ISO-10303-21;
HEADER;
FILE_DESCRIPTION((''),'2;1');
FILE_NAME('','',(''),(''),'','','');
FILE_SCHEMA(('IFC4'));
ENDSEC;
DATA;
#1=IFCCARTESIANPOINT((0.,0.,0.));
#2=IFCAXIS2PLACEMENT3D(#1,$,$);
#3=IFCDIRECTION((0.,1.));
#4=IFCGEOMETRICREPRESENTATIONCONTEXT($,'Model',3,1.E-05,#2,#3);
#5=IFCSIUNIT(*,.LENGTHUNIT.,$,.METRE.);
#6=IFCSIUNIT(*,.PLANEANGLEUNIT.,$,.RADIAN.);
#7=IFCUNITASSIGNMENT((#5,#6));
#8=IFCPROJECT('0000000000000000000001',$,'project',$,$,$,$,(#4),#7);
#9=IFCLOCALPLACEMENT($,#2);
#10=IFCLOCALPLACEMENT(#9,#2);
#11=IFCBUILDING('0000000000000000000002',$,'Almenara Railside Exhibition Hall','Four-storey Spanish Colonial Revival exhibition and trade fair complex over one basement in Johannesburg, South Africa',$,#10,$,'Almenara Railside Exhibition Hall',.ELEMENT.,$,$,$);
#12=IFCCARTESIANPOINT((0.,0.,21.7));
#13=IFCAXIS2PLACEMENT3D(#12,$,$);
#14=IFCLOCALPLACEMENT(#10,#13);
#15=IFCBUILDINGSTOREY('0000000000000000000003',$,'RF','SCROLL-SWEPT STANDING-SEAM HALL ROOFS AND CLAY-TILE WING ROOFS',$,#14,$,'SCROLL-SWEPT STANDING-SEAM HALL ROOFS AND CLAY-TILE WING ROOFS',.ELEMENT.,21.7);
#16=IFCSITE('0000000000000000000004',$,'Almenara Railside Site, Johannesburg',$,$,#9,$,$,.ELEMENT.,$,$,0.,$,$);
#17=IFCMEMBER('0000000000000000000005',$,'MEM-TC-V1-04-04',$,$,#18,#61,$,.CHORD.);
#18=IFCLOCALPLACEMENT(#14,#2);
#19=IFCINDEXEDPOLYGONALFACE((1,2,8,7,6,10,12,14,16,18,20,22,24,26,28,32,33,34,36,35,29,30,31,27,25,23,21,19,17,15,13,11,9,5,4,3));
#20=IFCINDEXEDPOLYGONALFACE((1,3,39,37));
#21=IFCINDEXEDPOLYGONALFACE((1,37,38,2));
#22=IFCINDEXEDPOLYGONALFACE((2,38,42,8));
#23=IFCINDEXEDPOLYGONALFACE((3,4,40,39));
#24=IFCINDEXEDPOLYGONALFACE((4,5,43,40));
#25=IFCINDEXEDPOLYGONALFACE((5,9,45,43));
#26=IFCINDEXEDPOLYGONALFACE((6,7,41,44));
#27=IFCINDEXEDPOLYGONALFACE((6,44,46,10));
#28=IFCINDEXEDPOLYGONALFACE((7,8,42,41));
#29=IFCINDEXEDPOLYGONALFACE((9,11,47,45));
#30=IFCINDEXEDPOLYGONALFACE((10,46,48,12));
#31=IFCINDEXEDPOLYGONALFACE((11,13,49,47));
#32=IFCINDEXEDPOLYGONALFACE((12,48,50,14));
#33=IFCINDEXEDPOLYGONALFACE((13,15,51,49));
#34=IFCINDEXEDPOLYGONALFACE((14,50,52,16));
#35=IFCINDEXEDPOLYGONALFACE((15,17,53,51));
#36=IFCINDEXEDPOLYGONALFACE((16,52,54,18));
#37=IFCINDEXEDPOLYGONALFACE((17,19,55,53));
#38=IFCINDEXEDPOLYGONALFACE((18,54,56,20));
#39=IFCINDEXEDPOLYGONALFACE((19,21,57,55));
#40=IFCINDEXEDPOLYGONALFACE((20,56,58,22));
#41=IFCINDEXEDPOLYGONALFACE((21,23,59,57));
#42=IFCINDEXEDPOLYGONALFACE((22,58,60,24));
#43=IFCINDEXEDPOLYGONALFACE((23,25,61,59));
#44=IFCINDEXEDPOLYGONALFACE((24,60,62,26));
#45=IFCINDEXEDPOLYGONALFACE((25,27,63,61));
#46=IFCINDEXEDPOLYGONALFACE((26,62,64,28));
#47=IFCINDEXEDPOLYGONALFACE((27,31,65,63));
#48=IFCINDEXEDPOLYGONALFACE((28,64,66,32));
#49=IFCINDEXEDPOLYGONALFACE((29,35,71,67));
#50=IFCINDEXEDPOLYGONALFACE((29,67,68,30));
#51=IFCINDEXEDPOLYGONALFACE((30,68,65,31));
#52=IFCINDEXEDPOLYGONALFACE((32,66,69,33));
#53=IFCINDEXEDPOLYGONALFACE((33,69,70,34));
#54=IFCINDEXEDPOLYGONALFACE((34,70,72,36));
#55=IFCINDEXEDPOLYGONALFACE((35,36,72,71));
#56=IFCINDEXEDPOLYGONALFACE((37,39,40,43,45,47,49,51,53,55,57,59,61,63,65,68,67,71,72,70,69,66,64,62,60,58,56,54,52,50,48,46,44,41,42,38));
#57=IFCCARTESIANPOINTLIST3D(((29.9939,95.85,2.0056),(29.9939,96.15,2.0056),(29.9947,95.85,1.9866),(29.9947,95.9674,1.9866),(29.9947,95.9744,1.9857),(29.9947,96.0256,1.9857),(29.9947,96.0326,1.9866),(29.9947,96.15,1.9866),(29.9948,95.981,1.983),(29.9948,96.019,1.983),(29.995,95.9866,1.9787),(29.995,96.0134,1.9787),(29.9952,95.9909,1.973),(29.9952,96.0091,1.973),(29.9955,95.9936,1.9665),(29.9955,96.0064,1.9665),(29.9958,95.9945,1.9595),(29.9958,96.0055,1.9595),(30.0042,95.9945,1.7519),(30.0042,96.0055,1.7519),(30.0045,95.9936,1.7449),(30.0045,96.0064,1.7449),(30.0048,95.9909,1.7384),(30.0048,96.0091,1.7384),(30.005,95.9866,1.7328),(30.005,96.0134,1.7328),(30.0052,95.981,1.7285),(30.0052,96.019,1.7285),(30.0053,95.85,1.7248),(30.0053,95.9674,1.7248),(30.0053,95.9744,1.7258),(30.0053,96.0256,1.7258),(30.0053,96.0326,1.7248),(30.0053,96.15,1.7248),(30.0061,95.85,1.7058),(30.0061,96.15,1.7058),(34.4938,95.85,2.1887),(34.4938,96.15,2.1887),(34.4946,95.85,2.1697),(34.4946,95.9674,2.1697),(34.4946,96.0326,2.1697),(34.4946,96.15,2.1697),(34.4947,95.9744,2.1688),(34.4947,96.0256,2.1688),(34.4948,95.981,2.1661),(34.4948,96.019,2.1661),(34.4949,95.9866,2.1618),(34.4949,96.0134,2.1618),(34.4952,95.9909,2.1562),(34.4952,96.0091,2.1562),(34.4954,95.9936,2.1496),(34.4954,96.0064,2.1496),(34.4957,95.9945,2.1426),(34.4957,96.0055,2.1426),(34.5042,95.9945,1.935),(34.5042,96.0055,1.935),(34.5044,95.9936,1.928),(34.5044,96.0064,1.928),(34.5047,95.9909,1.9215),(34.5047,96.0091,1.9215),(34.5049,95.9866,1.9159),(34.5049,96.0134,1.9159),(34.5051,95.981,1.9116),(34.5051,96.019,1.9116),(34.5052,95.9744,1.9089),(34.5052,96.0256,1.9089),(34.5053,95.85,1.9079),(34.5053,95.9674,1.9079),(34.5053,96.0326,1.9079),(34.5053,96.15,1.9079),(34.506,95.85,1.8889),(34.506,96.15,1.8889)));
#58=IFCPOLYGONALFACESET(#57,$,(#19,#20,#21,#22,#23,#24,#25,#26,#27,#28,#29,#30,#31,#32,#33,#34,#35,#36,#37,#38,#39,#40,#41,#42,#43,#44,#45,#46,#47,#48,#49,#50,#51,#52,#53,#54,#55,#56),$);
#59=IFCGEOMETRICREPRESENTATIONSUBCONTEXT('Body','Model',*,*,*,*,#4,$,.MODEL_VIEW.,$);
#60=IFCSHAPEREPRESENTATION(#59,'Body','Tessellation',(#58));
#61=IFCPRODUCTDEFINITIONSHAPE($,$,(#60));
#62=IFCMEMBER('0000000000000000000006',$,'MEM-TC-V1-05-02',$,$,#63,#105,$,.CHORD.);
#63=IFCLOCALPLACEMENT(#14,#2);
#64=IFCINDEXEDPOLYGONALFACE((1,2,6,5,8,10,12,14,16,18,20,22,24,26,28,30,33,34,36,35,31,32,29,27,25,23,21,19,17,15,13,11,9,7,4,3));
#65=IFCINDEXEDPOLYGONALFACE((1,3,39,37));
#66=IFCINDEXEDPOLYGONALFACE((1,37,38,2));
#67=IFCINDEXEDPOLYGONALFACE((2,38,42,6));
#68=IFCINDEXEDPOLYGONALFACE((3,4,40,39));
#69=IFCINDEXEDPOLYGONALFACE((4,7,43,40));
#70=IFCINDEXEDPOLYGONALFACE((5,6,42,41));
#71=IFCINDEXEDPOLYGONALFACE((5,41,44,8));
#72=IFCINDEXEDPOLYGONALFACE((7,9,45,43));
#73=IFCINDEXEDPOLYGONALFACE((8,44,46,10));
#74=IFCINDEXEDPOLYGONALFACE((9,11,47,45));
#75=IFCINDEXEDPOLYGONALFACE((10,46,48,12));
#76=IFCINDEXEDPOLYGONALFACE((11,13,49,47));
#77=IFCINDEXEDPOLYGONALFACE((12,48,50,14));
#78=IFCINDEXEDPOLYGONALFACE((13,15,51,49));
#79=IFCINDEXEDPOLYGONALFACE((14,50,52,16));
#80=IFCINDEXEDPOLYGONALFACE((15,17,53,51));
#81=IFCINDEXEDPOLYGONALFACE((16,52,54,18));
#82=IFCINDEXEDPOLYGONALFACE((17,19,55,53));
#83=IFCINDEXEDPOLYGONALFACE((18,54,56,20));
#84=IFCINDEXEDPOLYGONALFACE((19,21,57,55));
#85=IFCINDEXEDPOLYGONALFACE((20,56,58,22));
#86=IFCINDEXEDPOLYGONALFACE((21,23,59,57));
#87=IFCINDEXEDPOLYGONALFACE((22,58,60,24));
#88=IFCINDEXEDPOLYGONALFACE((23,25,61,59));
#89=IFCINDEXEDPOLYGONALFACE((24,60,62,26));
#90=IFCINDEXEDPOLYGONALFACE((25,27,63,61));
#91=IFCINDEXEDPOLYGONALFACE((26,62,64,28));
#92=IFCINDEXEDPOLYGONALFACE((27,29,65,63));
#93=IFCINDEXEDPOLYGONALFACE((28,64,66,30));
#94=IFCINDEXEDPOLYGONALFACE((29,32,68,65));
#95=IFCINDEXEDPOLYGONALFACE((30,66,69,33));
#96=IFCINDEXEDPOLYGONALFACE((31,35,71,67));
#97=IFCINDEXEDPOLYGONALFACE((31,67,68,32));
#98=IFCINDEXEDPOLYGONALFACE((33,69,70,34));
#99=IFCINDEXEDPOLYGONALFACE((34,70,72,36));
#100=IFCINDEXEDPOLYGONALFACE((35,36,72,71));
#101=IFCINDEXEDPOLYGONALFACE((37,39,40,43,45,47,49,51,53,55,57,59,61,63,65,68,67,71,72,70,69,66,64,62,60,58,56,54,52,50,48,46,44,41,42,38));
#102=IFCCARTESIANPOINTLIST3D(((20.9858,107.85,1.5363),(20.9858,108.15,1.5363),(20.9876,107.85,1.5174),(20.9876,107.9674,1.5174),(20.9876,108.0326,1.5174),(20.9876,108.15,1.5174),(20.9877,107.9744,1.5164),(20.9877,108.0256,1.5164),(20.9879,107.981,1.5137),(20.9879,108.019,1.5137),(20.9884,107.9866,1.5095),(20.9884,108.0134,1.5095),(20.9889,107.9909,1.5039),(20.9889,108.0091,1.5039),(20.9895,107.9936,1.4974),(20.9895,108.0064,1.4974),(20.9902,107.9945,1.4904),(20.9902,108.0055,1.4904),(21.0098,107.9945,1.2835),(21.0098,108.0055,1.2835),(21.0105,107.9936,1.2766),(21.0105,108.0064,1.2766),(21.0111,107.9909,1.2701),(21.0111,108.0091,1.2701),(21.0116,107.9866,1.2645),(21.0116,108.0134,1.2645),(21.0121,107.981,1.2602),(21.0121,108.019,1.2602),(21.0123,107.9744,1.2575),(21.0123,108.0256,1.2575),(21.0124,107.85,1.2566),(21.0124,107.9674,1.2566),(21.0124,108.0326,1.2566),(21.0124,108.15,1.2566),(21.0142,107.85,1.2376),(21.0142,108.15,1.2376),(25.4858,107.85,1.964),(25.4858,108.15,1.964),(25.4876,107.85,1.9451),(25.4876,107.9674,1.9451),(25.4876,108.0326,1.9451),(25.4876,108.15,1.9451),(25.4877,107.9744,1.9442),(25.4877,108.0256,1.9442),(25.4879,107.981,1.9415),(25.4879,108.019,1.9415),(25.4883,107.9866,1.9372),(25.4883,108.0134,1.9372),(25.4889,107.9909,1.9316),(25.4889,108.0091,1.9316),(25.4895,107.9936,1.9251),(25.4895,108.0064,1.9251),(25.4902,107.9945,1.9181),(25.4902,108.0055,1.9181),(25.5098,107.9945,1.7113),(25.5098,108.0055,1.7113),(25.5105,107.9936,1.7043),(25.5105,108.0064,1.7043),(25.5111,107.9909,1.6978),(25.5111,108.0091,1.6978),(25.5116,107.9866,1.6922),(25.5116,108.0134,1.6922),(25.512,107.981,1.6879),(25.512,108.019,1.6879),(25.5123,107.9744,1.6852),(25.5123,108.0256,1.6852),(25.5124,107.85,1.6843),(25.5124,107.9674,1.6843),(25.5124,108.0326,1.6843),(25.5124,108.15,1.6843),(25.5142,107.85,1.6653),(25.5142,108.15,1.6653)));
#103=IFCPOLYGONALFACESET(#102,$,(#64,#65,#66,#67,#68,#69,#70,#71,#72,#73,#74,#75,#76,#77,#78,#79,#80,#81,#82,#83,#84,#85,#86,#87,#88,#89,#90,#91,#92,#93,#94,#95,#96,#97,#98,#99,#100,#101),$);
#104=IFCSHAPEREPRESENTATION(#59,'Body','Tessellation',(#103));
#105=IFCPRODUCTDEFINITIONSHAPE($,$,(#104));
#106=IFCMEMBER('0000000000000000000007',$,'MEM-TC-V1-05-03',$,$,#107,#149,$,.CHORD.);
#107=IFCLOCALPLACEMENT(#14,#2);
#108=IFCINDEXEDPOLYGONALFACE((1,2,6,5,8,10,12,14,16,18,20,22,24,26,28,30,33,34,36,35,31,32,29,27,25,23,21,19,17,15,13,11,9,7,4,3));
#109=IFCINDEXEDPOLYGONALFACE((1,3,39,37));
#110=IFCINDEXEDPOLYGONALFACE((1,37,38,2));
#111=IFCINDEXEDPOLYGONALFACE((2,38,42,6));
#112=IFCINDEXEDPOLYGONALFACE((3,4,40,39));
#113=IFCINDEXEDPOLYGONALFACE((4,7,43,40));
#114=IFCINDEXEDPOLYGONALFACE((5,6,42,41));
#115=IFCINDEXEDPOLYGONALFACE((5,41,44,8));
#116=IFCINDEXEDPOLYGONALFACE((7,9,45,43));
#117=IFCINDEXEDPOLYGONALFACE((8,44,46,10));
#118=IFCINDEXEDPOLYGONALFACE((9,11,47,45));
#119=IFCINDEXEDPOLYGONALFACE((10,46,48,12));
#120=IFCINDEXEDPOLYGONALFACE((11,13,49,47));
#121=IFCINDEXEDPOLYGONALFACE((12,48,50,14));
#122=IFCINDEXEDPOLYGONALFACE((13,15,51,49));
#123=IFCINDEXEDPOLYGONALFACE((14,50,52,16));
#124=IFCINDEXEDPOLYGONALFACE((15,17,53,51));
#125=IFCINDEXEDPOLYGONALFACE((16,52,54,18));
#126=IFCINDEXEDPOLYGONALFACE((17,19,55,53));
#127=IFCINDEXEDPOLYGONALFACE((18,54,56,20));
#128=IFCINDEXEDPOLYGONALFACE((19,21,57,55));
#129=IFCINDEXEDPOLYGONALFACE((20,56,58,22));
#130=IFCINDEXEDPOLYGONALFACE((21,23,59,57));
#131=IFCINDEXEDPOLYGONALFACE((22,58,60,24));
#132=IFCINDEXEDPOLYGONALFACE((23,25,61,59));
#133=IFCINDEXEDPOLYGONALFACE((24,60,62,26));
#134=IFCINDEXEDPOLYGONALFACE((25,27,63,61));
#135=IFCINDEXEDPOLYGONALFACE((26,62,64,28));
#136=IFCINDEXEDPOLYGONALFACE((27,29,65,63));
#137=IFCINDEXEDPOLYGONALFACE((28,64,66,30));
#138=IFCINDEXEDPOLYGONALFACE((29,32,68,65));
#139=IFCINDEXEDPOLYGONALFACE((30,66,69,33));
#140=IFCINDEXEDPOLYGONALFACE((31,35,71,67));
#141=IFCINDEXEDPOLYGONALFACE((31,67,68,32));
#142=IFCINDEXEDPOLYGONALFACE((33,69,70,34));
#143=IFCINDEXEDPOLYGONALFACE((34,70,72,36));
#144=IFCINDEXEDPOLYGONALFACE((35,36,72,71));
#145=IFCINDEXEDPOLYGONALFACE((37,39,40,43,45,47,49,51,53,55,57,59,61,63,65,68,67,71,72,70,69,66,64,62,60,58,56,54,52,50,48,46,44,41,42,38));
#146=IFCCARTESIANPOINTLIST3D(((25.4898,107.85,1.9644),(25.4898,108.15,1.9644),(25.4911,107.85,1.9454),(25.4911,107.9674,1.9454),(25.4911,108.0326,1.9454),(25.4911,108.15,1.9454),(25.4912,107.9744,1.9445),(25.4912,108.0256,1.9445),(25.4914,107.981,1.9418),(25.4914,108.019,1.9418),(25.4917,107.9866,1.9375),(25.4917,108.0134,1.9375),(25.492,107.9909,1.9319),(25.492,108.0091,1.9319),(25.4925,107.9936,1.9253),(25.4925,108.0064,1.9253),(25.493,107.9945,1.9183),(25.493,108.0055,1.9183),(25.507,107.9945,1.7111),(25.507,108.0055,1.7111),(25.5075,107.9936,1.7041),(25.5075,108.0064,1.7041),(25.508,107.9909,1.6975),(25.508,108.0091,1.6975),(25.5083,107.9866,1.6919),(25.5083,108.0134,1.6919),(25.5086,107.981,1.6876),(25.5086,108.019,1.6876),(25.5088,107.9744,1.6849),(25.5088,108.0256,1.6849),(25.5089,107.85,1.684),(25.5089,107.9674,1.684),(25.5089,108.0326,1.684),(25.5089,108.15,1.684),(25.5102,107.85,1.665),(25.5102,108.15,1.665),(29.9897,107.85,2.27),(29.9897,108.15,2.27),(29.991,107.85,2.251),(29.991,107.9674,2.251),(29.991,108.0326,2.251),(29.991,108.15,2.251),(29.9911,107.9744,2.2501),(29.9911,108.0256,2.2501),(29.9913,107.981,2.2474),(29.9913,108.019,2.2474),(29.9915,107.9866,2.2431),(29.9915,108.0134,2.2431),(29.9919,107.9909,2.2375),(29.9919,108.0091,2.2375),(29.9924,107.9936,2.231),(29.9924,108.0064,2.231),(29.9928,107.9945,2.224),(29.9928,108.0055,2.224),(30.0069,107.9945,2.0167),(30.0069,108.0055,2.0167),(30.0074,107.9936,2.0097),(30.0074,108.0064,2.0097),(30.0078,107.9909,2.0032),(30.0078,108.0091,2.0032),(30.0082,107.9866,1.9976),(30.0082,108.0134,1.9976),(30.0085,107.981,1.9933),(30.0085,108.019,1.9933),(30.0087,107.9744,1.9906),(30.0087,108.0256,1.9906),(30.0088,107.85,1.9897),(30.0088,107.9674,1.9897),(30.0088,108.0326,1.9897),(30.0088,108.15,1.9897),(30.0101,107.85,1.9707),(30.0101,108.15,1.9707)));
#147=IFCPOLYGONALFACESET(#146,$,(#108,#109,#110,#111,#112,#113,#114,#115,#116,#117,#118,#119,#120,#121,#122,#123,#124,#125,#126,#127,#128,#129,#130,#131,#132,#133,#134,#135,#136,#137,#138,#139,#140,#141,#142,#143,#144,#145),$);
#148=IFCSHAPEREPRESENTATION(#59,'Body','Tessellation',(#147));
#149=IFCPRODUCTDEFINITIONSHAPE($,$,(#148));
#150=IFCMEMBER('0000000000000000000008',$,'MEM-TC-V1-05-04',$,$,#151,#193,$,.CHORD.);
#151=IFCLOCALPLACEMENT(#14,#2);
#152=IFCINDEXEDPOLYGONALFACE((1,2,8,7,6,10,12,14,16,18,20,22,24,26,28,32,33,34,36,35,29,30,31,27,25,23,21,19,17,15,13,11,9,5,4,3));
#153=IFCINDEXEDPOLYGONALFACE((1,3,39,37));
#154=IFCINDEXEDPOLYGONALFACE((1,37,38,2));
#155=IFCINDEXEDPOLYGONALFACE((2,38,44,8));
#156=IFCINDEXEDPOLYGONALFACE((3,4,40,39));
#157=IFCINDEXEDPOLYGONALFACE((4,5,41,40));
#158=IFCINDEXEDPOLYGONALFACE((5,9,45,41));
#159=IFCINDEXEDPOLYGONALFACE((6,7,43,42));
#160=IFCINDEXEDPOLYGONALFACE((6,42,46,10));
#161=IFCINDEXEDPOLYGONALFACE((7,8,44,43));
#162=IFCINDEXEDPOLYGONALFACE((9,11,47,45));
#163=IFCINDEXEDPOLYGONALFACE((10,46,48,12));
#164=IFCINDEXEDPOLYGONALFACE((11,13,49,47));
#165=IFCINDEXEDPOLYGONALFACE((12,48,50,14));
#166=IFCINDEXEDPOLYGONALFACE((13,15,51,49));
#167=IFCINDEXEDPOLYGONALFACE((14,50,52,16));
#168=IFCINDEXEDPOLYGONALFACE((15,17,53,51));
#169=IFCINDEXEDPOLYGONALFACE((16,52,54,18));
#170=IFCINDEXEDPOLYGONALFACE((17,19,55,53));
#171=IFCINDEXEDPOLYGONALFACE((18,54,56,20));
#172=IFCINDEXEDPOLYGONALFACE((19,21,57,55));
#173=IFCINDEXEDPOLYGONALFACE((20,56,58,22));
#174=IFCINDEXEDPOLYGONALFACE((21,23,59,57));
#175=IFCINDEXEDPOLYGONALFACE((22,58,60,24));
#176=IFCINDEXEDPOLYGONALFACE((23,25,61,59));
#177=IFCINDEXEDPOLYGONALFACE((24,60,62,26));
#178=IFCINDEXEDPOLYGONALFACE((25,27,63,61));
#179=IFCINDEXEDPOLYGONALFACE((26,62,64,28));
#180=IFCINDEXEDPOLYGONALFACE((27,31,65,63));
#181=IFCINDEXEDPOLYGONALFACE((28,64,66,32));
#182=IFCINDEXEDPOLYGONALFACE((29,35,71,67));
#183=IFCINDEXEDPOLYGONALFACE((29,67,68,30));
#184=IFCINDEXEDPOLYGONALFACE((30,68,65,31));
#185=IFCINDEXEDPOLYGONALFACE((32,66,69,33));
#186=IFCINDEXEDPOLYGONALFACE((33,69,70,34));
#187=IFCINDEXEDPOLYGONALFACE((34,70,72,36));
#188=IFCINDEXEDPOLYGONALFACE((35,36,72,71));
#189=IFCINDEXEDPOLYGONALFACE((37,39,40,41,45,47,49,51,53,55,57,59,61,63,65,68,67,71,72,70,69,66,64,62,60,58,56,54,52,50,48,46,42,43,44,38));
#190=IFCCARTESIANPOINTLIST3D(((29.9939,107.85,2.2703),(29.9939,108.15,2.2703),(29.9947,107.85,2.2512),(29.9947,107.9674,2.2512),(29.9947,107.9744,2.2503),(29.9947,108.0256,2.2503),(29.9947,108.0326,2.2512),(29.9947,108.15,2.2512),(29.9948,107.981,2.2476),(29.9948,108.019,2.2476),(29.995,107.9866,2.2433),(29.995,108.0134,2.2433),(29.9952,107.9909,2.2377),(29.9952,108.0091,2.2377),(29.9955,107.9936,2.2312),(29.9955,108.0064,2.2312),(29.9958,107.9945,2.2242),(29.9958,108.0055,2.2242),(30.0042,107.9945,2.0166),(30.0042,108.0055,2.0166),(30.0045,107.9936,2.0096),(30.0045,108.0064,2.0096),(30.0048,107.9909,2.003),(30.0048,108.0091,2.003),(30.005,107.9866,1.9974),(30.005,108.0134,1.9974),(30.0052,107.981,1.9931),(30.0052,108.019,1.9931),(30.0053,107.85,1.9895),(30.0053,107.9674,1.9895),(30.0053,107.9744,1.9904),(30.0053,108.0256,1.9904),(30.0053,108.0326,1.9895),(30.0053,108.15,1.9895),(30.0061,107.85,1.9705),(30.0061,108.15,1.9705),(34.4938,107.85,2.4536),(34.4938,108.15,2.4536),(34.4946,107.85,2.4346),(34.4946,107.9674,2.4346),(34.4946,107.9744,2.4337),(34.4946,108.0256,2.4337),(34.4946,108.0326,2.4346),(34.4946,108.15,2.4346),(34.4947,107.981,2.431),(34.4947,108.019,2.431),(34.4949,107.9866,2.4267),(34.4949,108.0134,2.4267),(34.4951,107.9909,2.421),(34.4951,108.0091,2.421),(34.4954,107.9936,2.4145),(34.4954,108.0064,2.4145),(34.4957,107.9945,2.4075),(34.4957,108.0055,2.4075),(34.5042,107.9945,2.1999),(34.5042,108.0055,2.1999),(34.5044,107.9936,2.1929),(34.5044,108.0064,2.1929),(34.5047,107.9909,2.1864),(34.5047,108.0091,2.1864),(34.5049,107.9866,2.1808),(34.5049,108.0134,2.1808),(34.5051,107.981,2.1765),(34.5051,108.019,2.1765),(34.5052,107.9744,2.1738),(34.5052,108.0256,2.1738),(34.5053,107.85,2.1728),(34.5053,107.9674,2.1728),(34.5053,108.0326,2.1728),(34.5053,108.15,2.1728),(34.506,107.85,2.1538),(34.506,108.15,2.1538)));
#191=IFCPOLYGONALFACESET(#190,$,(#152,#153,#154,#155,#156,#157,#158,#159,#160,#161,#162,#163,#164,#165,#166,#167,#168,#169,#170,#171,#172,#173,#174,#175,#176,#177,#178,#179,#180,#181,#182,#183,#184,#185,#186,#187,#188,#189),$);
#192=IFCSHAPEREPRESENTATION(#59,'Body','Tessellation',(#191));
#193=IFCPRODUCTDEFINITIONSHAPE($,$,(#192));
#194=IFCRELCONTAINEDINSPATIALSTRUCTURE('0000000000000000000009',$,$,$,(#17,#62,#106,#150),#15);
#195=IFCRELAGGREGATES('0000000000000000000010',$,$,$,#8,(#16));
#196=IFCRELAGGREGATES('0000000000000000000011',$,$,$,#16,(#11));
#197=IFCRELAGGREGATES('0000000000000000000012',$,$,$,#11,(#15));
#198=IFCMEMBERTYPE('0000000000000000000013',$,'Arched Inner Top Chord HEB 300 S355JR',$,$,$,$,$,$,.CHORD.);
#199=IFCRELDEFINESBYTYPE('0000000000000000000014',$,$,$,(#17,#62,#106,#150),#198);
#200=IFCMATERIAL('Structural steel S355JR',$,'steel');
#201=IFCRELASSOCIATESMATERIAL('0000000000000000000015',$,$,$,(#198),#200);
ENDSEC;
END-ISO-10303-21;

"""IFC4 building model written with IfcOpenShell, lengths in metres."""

from ifc_helpers import new_model, si_unit, direction, frame, origin, origin_2d, place, context, subcontext, project, spatial, i_section, extrude, material, material_profile, profile_set, type_object, element, save


model = new_model("IFC4")

# Units and contexts
model_context = context("Model", 3, precision=1e-05, world=origin(), true_north=direction((0.0, 1.0)))
body_context = subcontext(model_context, "Body", "Model", "MODEL_VIEW")
ifc_project = project(units=[si_unit("LENGTHUNIT", "METRE"), si_unit("PLANEANGLEUNIT", "RADIAN")], contexts=[model_context])

# Site, building, storey
site_placement = place(None, origin())
site = spatial("IfcSite", under=ifc_project, at=site_placement, Name="Almenara Railside Site, Johannesburg", CompositionType="ELEMENT", RefElevation=0.0)
building_placement = place(site_placement, origin())
building = spatial("IfcBuilding", under=site, at=building_placement, Name="Almenara Railside Exhibition Hall", Description="Four-storey Spanish Colonial Revival exhibition and trade fair complex over one basement in Johannesburg, South Africa", LongName="Almenara Railside Exhibition Hall", CompositionType="ELEMENT")
storey_placement = place(building_placement, frame((0.0, 0.0, 21.7)))
storey = spatial("IfcBuildingStorey", under=building, at=storey_placement, Name="RF", Description="SCROLL-SWEPT STANDING-SEAM HALL ROOFS AND CLAY-TILE WING ROOFS", LongName="SCROLL-SWEPT STANDING-SEAM HALL ROOFS AND CLAY-TILE WING ROOFS", CompositionType="ELEMENT", Elevation=21.7)

# Members
ifc_material_1 = material(Name="Structural steel S355JR", Category="steel")
ifc_material_profile_1 = material_profile(ifc_material_1, i_section(OverallWidth=0.3, OverallDepth=0.3, WebThickness=0.011, FlangeThickness=0.019, FilletRadius=0.0271, at=origin_2d()), Name="HEB 300")
ifc_profile_set_1 = profile_set([ifc_material_profile_1], Name="Structural steel S355JR")
member_type_1 = type_object("IfcMemberType", Name="Arched Inner Top Chord HEB 300 S355JR", PredefinedType="CHORD", material=ifc_profile_set_1)
member_1_placement = place(storey_placement, frame((30.0, 96.0, 1.8557), z_axis=(0.999173, 0.0, 0.040656), x_axis=(0.0, 1.0, 0.0)))
element("IfcMember", 1, at=member_1_placement, inside=storey, type_object=member_type_1, Name="MEM-TC-V1-04-04", PredefinedType="CHORD", context=body_context, shape_type="SweptSolid", body=[
    extrude(i_section(OverallWidth=0.3, OverallDepth=0.3, WebThickness=0.011, FlangeThickness=0.019, FilletRadius=0.0271, at=origin_2d()), origin(), (0.0, 0.0, 1.0), 4.5037),
])
member_2_placement = place(storey_placement, frame((21.0, 108.0, 1.387), z_axis=(0.995513, 0.0, 0.094626), x_axis=(0.0, 1.0, 0.0)))
element("IfcMember", 2, at=member_2_placement, inside=storey, type_object=member_type_1, Name="MEM-TC-V1-05-02", PredefinedType="CHORD", context=body_context, shape_type="SweptSolid", body=[
    extrude(i_section(OverallWidth=0.3, OverallDepth=0.3, WebThickness=0.011, FlangeThickness=0.019, FilletRadius=0.0271, at=origin_2d()), origin(), (0.0, 0.0, 1.0), 4.5203),
])
member_3_placement = place(storey_placement, frame((25.5, 108.0, 1.8147), z_axis=(0.997701, 0.0, 0.067769), x_axis=(0.0, 1.0, 0.0)))
element("IfcMember", 3, at=member_3_placement, inside=storey, type_object=member_type_1, Name="MEM-TC-V1-05-03", PredefinedType="CHORD", context=body_context, shape_type="SweptSolid", body=[
    extrude(i_section(OverallWidth=0.3, OverallDepth=0.3, WebThickness=0.011, FlangeThickness=0.019, FilletRadius=0.0271, at=origin_2d()), origin(), (0.0, 0.0, 1.0), 4.5103),
])
member_4_placement = place(storey_placement, frame((30.0, 108.0, 2.1204), z_axis=(0.999171, 0.0, 0.040711), x_axis=(0.0, 1.0, 0.0)))
element("IfcMember", 4, at=member_4_placement, inside=storey, type_object=member_type_1, Name="MEM-TC-V1-05-04", PredefinedType="CHORD", context=body_context, shape_type="SweptSolid", body=[
    extrude(i_section(OverallWidth=0.3, OverallDepth=0.3, WebThickness=0.011, FlangeThickness=0.019, FilletRadius=0.0271, at=origin_2d()), origin(), (0.0, 0.0, 1.0), 4.5037),
])

save(model, "model.ifc")
